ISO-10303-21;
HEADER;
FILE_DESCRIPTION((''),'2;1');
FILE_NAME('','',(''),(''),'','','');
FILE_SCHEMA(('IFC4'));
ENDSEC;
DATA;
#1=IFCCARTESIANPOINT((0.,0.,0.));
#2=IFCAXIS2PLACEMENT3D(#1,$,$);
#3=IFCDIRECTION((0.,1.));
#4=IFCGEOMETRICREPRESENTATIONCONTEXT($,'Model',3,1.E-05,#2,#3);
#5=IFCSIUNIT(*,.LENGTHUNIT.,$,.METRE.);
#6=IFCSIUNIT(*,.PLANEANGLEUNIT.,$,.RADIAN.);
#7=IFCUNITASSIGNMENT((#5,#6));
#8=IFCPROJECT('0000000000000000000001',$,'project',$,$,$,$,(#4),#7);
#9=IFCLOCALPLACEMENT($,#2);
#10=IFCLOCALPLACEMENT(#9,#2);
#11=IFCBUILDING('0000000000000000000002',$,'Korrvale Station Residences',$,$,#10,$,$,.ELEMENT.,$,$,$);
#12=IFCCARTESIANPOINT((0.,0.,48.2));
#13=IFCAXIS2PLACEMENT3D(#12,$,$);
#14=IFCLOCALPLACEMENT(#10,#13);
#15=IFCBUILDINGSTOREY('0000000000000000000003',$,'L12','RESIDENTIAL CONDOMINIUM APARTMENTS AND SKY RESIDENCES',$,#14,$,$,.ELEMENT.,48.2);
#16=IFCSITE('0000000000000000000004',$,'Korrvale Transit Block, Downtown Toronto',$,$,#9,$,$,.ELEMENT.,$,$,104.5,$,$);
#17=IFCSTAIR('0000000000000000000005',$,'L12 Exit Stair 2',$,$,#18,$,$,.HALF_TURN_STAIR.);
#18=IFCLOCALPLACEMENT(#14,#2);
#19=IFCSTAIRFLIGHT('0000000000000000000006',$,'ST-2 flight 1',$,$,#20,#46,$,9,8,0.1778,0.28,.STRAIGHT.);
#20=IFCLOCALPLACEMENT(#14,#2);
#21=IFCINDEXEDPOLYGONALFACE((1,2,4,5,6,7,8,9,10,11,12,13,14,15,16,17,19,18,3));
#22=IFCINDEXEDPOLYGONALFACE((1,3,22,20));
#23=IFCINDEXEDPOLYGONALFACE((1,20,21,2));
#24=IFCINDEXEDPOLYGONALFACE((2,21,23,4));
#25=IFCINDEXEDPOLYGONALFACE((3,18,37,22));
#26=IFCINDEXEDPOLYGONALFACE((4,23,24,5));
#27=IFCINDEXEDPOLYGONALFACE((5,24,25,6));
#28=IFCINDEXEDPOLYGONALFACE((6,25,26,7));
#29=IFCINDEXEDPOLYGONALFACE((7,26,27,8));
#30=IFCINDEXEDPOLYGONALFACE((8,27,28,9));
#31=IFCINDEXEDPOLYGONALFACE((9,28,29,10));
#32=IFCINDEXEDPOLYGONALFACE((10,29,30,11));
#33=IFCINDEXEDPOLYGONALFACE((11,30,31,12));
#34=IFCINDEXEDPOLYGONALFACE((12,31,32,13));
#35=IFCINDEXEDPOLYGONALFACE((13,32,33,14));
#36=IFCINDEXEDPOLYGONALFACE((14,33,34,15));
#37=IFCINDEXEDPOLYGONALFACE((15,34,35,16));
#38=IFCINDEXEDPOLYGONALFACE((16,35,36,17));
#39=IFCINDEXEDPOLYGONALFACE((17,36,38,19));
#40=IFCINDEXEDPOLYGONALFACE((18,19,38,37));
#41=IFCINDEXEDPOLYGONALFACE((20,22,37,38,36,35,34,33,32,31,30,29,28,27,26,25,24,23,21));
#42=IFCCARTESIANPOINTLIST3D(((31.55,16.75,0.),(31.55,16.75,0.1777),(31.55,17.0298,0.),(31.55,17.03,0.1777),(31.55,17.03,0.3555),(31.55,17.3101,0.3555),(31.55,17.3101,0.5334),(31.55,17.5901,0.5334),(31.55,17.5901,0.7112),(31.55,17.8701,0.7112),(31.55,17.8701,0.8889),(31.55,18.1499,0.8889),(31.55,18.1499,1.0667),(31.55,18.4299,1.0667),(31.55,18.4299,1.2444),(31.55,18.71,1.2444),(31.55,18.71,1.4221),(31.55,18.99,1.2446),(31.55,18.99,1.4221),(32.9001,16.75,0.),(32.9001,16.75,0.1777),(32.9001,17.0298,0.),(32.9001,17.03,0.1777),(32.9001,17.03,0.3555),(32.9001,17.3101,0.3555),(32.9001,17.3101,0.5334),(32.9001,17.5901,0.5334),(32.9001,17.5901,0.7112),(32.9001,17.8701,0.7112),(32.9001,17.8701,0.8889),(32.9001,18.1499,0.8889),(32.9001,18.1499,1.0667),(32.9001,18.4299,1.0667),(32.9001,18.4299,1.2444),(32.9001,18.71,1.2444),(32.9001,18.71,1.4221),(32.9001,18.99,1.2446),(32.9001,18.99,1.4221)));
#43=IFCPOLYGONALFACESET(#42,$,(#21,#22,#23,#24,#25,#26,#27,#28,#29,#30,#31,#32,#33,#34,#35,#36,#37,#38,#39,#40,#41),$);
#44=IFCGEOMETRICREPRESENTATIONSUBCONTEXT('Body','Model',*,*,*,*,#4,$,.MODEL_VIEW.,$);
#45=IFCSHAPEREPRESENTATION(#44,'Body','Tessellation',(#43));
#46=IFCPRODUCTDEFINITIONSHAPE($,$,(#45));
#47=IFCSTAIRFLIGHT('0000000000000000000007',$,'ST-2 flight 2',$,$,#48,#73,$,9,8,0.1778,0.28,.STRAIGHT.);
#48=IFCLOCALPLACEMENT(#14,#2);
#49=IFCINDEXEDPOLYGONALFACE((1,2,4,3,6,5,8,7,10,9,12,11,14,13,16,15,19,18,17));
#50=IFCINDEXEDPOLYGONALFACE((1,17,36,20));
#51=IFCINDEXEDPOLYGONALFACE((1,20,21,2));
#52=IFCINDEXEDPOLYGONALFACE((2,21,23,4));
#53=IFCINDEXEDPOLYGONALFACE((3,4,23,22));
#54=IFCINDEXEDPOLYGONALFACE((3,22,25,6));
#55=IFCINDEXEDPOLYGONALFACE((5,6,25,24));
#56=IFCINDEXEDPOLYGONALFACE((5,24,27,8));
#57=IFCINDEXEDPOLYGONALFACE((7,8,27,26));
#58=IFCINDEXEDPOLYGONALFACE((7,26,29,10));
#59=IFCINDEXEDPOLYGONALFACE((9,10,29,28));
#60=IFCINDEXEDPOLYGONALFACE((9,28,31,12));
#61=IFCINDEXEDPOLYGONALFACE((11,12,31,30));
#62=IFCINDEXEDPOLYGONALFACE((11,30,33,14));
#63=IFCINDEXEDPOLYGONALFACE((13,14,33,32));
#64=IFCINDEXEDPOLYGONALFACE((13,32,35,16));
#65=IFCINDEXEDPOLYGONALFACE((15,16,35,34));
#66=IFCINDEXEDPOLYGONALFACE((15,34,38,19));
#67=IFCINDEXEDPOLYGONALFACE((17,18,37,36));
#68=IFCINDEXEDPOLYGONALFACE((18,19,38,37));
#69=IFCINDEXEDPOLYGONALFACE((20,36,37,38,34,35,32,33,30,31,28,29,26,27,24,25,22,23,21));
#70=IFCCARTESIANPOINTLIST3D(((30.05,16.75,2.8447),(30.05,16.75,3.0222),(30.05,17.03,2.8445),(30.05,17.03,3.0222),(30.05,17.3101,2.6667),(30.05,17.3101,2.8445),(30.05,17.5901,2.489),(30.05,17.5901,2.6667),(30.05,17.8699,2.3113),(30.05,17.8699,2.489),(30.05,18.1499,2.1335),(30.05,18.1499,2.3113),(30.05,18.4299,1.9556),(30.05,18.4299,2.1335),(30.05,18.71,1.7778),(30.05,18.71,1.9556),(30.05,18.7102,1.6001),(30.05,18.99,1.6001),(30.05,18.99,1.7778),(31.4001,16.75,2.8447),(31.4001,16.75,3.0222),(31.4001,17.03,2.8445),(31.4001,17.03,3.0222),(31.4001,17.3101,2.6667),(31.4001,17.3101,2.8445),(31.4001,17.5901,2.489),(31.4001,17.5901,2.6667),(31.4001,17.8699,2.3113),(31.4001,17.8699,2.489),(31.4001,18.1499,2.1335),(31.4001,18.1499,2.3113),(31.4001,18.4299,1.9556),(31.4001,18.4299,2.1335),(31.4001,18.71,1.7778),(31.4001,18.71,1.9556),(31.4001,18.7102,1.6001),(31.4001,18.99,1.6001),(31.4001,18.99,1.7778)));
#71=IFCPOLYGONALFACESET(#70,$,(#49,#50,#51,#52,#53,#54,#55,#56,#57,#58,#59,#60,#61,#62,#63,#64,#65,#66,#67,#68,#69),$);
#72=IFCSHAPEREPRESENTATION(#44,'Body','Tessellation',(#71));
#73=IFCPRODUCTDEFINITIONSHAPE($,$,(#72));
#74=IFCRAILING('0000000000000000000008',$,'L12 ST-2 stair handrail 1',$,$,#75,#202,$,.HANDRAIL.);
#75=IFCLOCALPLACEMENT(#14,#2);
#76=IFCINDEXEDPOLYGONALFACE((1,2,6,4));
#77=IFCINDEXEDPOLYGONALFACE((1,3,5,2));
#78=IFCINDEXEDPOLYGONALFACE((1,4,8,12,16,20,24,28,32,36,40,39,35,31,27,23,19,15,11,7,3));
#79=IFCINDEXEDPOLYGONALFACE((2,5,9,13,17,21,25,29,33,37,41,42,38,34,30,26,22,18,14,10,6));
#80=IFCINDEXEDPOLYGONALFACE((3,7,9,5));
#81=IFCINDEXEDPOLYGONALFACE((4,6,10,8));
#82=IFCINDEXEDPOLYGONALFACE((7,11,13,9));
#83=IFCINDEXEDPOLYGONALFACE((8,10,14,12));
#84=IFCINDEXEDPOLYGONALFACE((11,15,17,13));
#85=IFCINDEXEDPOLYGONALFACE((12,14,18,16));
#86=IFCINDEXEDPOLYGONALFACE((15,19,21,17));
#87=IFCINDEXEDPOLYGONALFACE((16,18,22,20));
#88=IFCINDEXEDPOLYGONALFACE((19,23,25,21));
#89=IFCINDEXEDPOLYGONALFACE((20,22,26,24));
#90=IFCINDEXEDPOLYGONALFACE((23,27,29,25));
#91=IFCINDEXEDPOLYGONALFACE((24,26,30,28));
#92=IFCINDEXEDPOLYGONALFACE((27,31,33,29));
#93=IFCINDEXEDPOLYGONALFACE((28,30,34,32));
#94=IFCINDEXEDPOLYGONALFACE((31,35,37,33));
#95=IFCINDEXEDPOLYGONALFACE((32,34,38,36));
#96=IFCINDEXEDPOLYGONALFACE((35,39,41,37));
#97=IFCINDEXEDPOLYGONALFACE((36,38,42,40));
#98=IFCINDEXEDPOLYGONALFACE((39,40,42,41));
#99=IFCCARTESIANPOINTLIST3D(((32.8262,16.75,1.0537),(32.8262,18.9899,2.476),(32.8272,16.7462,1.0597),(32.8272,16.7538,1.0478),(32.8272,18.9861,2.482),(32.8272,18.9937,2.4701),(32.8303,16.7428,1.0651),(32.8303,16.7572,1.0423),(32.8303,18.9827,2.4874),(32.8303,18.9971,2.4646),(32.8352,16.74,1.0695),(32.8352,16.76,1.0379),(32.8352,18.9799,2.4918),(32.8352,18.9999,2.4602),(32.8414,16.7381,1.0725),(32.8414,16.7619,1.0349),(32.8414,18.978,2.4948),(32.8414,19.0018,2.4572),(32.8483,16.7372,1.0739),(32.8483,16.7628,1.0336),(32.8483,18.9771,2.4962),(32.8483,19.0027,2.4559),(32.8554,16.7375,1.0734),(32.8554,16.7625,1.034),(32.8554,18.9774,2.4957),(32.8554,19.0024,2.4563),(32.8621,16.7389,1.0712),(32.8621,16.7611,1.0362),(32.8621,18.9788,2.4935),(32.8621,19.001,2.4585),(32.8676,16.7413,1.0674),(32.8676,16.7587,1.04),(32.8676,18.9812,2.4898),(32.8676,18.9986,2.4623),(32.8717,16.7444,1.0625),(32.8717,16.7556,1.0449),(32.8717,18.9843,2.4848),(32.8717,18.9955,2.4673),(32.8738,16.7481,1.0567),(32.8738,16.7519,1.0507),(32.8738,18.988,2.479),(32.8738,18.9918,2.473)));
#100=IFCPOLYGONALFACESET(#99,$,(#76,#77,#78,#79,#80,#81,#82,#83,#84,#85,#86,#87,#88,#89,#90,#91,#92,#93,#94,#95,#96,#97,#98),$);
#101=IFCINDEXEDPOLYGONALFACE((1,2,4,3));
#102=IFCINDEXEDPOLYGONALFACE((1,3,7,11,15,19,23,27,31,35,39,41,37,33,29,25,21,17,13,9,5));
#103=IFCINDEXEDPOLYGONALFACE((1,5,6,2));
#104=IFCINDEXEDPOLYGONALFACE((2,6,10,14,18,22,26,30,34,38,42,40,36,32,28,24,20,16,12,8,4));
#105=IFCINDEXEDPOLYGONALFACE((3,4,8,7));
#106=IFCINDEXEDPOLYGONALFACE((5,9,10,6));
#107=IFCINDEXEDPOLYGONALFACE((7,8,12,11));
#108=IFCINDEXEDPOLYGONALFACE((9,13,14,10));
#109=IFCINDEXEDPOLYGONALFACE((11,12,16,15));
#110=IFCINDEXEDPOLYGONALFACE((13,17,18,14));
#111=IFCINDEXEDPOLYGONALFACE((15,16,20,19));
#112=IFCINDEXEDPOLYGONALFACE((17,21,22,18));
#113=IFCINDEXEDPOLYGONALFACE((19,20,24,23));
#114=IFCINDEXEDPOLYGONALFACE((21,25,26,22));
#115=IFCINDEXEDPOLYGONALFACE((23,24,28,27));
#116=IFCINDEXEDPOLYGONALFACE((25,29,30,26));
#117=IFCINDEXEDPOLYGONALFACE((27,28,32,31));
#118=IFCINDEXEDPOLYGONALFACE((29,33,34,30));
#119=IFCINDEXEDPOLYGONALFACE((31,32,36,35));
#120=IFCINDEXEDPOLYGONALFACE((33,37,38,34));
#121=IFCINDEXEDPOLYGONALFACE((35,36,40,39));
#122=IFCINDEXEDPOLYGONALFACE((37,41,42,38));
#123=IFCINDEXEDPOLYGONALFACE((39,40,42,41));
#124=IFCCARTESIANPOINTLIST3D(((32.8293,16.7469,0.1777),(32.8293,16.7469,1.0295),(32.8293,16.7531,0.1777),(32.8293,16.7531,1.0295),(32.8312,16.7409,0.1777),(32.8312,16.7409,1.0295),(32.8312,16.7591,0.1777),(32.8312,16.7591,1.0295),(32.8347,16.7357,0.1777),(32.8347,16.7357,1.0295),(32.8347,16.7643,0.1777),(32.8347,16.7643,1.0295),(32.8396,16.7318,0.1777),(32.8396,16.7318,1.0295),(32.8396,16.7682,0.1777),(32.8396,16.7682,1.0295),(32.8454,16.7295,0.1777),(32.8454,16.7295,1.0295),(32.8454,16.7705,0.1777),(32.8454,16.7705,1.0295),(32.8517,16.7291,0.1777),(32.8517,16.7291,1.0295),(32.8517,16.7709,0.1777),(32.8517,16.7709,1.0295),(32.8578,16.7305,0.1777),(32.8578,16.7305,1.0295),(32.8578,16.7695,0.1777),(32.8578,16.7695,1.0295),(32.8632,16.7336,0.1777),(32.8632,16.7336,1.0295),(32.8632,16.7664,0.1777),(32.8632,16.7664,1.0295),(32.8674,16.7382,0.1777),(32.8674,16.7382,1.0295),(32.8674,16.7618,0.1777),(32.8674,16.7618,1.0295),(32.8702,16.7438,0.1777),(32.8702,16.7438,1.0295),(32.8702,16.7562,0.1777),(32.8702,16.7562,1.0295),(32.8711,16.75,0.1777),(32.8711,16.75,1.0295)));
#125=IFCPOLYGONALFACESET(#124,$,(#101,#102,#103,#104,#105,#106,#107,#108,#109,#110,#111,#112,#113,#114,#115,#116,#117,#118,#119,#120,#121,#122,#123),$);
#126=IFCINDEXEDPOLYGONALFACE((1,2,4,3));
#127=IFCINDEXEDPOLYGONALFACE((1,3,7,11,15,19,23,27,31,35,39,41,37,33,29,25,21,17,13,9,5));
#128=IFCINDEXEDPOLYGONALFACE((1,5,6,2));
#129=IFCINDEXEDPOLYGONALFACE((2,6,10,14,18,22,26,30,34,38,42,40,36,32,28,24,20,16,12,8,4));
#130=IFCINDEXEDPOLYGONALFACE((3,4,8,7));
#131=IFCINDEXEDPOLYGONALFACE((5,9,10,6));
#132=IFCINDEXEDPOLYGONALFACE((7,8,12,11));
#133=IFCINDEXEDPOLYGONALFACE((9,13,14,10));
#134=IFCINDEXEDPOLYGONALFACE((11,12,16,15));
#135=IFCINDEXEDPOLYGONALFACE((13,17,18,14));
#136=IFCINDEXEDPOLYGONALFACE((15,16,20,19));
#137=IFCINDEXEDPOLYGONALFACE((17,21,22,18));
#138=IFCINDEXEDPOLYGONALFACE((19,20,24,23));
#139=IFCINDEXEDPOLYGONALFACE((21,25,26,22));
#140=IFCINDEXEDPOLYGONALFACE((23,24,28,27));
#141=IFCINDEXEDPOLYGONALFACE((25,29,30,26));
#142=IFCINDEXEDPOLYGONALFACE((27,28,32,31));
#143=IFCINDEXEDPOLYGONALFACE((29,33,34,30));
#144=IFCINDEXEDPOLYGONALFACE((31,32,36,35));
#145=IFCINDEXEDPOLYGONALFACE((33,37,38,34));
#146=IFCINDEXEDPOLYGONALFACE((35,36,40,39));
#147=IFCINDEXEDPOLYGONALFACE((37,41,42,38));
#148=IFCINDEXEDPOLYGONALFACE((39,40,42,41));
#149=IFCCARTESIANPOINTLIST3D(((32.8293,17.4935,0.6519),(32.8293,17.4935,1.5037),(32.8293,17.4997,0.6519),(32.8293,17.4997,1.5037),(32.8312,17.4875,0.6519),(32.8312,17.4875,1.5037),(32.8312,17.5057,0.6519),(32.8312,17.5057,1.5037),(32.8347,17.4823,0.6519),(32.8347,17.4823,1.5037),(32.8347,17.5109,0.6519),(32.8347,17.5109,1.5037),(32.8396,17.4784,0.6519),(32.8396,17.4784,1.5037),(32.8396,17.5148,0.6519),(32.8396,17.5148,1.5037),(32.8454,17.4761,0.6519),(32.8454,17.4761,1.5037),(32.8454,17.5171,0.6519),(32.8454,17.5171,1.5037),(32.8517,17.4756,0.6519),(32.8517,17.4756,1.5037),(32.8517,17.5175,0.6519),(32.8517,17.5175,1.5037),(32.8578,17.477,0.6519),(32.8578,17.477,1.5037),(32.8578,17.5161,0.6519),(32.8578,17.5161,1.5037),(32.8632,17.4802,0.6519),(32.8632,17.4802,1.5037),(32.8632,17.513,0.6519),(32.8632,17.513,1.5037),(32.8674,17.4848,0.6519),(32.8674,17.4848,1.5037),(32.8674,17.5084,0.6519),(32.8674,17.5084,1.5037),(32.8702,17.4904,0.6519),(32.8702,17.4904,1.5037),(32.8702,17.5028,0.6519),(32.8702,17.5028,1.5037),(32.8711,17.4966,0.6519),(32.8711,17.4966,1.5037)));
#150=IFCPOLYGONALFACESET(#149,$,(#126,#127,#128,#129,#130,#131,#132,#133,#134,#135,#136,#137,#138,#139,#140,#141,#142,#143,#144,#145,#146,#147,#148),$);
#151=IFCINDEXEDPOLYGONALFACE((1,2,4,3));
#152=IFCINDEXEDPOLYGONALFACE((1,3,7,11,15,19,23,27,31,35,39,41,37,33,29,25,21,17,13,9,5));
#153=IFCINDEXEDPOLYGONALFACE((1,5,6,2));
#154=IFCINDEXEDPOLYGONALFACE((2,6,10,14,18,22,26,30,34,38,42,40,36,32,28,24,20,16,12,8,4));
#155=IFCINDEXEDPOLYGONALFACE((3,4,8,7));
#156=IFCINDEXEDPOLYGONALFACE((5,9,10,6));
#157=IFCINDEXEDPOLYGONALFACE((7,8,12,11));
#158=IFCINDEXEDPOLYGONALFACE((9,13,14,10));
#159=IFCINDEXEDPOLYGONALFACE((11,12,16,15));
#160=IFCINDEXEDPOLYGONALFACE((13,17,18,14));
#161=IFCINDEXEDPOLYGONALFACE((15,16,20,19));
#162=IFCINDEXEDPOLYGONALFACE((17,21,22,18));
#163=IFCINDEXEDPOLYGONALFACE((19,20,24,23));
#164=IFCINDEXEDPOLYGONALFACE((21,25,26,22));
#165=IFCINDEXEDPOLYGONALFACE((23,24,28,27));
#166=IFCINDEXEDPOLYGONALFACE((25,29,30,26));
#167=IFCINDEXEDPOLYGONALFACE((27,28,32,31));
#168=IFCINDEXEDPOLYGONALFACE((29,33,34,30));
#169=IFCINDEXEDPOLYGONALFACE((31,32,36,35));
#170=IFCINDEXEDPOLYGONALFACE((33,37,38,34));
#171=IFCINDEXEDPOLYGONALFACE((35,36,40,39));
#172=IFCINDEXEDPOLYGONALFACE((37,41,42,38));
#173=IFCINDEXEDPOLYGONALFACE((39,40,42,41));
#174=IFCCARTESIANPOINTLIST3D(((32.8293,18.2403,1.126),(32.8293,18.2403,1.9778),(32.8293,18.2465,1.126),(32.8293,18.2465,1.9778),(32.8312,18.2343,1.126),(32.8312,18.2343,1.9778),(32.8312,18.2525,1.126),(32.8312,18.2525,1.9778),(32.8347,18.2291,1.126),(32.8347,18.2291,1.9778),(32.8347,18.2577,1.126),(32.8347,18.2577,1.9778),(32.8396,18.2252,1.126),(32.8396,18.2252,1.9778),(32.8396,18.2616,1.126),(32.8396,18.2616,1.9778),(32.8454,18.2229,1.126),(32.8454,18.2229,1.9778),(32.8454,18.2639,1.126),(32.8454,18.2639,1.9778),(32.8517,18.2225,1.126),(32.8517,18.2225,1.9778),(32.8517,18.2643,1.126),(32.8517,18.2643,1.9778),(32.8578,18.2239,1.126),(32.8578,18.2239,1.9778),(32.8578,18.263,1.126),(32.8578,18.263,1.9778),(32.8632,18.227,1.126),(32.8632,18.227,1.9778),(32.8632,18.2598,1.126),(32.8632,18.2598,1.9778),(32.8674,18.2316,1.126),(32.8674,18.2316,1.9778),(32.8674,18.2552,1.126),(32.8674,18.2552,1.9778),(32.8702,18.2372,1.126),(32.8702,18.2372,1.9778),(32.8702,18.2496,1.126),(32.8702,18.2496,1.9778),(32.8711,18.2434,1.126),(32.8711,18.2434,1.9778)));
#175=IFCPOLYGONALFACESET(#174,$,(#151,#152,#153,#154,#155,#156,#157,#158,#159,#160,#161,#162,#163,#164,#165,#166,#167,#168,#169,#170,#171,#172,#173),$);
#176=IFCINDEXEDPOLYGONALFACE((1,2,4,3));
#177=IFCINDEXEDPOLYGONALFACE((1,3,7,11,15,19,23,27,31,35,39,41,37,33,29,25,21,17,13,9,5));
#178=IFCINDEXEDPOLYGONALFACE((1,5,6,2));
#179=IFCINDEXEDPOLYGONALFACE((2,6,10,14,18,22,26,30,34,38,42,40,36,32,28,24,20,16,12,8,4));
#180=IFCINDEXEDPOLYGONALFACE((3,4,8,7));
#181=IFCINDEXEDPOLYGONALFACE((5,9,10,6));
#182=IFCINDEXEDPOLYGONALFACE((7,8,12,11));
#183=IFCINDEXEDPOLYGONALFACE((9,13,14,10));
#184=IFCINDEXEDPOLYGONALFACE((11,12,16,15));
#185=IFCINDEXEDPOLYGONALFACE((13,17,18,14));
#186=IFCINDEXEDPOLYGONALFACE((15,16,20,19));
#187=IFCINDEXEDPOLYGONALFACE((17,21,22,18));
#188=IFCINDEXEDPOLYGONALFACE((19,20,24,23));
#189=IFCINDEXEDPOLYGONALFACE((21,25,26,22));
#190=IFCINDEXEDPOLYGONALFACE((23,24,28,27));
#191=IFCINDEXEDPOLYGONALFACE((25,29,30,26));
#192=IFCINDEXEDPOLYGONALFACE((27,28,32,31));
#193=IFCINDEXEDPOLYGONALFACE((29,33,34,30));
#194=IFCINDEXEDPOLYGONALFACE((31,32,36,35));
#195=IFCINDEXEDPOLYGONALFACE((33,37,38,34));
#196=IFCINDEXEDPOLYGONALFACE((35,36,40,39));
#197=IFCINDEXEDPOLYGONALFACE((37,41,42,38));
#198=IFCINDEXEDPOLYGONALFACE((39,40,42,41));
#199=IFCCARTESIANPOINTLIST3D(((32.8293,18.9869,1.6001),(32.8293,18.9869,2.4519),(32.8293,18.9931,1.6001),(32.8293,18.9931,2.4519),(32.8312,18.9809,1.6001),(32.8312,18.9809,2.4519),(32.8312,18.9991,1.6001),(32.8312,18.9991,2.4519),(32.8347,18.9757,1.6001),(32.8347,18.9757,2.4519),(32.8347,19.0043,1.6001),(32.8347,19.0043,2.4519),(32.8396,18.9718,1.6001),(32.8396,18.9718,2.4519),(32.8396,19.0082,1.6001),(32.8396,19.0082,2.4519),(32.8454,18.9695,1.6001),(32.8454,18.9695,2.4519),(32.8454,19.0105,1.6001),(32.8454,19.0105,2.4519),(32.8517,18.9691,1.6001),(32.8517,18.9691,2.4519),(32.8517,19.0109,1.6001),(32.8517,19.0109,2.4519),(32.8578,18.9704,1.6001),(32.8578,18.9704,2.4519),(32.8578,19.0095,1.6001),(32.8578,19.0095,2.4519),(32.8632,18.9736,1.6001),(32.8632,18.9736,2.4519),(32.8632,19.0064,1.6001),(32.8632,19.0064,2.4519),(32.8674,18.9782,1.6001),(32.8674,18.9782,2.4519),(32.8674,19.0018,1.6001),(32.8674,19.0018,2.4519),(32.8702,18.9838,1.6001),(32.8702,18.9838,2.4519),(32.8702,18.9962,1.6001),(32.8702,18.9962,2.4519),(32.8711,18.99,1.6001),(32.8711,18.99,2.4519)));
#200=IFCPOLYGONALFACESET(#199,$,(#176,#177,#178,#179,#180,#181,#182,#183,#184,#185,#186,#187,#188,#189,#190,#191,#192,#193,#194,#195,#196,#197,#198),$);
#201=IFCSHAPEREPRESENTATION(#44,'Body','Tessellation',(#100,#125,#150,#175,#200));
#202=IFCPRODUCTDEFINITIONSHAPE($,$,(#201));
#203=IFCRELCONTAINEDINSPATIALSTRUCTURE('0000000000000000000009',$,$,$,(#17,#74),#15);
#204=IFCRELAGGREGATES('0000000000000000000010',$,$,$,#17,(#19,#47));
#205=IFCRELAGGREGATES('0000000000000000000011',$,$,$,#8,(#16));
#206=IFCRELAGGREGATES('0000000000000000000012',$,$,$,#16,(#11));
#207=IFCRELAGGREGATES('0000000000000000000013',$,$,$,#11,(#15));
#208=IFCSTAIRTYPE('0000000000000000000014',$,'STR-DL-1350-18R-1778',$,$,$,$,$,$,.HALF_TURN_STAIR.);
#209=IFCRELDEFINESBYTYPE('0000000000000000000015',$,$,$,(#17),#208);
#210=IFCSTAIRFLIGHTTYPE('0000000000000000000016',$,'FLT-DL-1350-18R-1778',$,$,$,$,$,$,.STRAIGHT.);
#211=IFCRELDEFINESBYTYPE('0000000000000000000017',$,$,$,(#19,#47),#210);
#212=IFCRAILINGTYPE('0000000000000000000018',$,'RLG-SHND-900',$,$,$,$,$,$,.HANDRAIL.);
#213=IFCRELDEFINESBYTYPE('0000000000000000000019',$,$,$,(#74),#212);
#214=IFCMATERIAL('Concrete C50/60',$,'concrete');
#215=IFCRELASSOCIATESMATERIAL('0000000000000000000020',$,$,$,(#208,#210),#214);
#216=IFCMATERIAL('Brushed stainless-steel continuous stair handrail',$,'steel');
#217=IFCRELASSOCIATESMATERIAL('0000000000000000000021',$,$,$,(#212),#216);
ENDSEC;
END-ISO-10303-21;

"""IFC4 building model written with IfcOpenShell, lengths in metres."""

from ifc_helpers import new_model, si_unit, direction, frame, origin, origin_2d, place, context, subcontext, project, spatial, polyline, circle, outline, extrude, material, type_object, element, aggregate, save


model = new_model("IFC4")

# Units and contexts
model_context = context("Model", 3, precision=1e-05, world=origin(), true_north=direction((0.0, 1.0)))
body_context = subcontext(model_context, "Body", "Model", "MODEL_VIEW")
ifc_project = project(units=[si_unit("LENGTHUNIT", "METRE"), si_unit("PLANEANGLEUNIT", "RADIAN")], contexts=[model_context])

# Site, building, storey
site_placement = place(None, origin())
site = spatial("IfcSite", under=ifc_project, at=site_placement, Name="Korrvale Transit Block, Downtown Toronto", CompositionType="ELEMENT", RefElevation=104.5)
building_placement = place(site_placement, origin())
building = spatial("IfcBuilding", under=site, at=building_placement, Name="Korrvale Station Residences", CompositionType="ELEMENT")
storey_placement = place(building_placement, frame((0.0, 0.0, 48.2)))
storey = spatial("IfcBuildingStorey", under=building, at=storey_placement, Name="L12", Description="RESIDENTIAL CONDOMINIUM APARTMENTS AND SKY RESIDENCES", CompositionType="ELEMENT", Elevation=48.2)

# Stair, stair flights
ifc_material_1 = material(Name="Concrete C50/60", Category="concrete")
stair_type = type_object("IfcStairType", Name="STR-DL-1350-18R-1778", PredefinedType="HALF_TURN_STAIR", material=ifc_material_1)
stair_placement = place(storey_placement, origin())
stair = element("IfcStair", 1, at=stair_placement, inside=storey, type_object=stair_type, Name="L12 Exit Stair 2", PredefinedType="HALF_TURN_STAIR")
stair_flight_type = type_object("IfcStairFlightType", Name="FLT-DL-1350-18R-1778", PredefinedType="STRAIGHT", material=ifc_material_1)
stair_flight_1_placement = place(storey_placement, frame((32.2251, 16.75, 0.0), z_axis=(0.0, 0.0, 1.0), x_axis=(0.0, 1.0, 0.0)))
stair_flight_1 = element("IfcStairFlight", 2, at=stair_flight_1_placement, type_object=stair_flight_type, Name="ST-2 flight 1", NumberOfRisers=9, NumberOfTreads=8, PredefinedType="STRAIGHT", RiserHeight=0.1778, TreadLength=0.28, context=body_context, shape_type="SweptSolid", body=[
    extrude(outline(polyline([(0.0, 0.0), (0.0, 0.1777), (0.28, 0.1777), (0.28, 0.3555), (0.5601, 0.3555), (0.5601, 0.5334), (0.8401, 0.5334), (0.8401, 0.7112), (1.1201, 0.7112), (1.1201, 0.8889), (1.3999, 0.8889), (1.3999, 1.0667), (1.6799, 1.0667), (1.6799, 1.2444), (1.96, 1.2444), (1.96, 1.4221), (2.24, 1.4221), (2.24, 1.6001), (2.24, 1.2446), (0.2798, 0.0), (0.0, 0.0)])), frame((0.0, 0.675, 0.0), z_axis=(0.0, -1.0, 0.0), x_axis=(1.0, 0.0, 0.0)), (0.0, 0.0, 1.0), 1.3501),
])
stair_flight_2_placement = place(storey_placement, frame((30.7251, 18.99, 1.6001), z_axis=(0.0, 0.0, 1.0), x_axis=(0.0, -1.0, 0.0)))
stair_flight_2 = element("IfcStairFlight", 3, at=stair_flight_2_placement, type_object=stair_flight_type, Name="ST-2 flight 2", NumberOfRisers=9, NumberOfTreads=8, PredefinedType="STRAIGHT", RiserHeight=0.1778, TreadLength=0.28, context=body_context, shape_type="SweptSolid", body=[
    extrude(outline(polyline([(0.0, 0.0), (0.0, 0.1777), (0.28, 0.1777), (0.28, 0.3555), (0.5601, 0.3555), (0.5601, 0.5334), (0.8401, 0.5334), (0.8401, 0.7112), (1.1201, 0.7112), (1.1201, 0.8889), (1.3999, 0.8889), (1.3999, 1.0667), (1.6799, 1.0667), (1.6799, 1.2444), (1.96, 1.2444), (1.96, 1.4221), (2.24, 1.4221), (2.24, 1.6001), (2.24, 1.2446), (0.2798, 0.0), (0.0, 0.0)])), frame((0.0, 0.675, 0.0), z_axis=(0.0, -1.0, 0.0), x_axis=(1.0, 0.0, 0.0)), (0.0, 0.0, 1.0), 1.3501),
])
aggregate(stair, [stair_flight_1, stair_flight_2])

# Railing
ifc_material_2 = material(Name="Brushed stainless-steel continuous stair handrail", Category="steel")
railing_type_1 = type_object("IfcRailingType", Name="RLG-SHND-900", PredefinedType="HANDRAIL", material=ifc_material_2)
railing_1_placement = place(storey_placement, frame((32.8501, 16.75, 0.1777)))
element("IfcRailing", 4, at=railing_1_placement, inside=storey, type_object=railing_type_1, Name="L12 ST-2 stair handrail 1", PredefinedType="HANDRAIL", context=body_context, shape_type="SweptSolid", body=[
    extrude(circle(Radius=0.0239, at=origin_2d()), frame((0.0, 0.0, 0.876), z_axis=(0.0, 0.844188, 0.536048), x_axis=(-1.0, 0.0, 0.0)), (0.0, 0.0, 1.0), 2.6533),
    extrude(circle(Radius=0.021, at=origin_2d()), origin(), (0.0, 0.0, 1.0), 0.8518),
    extrude(circle(Radius=0.021, at=origin_2d()), frame((0.0, 0.7466, 0.4741)), (0.0, 0.0, 1.0), 0.8518),
    extrude(circle(Radius=0.021, at=origin_2d()), frame((0.0, 1.4934, 0.9482)), (0.0, 0.0, 1.0), 0.8518),
    extrude(circle(Radius=0.021, at=origin_2d()), frame((0.0, 2.24, 1.4224)), (0.0, 0.0, 1.0), 0.8518),
])

save(model, "model.ifc")
